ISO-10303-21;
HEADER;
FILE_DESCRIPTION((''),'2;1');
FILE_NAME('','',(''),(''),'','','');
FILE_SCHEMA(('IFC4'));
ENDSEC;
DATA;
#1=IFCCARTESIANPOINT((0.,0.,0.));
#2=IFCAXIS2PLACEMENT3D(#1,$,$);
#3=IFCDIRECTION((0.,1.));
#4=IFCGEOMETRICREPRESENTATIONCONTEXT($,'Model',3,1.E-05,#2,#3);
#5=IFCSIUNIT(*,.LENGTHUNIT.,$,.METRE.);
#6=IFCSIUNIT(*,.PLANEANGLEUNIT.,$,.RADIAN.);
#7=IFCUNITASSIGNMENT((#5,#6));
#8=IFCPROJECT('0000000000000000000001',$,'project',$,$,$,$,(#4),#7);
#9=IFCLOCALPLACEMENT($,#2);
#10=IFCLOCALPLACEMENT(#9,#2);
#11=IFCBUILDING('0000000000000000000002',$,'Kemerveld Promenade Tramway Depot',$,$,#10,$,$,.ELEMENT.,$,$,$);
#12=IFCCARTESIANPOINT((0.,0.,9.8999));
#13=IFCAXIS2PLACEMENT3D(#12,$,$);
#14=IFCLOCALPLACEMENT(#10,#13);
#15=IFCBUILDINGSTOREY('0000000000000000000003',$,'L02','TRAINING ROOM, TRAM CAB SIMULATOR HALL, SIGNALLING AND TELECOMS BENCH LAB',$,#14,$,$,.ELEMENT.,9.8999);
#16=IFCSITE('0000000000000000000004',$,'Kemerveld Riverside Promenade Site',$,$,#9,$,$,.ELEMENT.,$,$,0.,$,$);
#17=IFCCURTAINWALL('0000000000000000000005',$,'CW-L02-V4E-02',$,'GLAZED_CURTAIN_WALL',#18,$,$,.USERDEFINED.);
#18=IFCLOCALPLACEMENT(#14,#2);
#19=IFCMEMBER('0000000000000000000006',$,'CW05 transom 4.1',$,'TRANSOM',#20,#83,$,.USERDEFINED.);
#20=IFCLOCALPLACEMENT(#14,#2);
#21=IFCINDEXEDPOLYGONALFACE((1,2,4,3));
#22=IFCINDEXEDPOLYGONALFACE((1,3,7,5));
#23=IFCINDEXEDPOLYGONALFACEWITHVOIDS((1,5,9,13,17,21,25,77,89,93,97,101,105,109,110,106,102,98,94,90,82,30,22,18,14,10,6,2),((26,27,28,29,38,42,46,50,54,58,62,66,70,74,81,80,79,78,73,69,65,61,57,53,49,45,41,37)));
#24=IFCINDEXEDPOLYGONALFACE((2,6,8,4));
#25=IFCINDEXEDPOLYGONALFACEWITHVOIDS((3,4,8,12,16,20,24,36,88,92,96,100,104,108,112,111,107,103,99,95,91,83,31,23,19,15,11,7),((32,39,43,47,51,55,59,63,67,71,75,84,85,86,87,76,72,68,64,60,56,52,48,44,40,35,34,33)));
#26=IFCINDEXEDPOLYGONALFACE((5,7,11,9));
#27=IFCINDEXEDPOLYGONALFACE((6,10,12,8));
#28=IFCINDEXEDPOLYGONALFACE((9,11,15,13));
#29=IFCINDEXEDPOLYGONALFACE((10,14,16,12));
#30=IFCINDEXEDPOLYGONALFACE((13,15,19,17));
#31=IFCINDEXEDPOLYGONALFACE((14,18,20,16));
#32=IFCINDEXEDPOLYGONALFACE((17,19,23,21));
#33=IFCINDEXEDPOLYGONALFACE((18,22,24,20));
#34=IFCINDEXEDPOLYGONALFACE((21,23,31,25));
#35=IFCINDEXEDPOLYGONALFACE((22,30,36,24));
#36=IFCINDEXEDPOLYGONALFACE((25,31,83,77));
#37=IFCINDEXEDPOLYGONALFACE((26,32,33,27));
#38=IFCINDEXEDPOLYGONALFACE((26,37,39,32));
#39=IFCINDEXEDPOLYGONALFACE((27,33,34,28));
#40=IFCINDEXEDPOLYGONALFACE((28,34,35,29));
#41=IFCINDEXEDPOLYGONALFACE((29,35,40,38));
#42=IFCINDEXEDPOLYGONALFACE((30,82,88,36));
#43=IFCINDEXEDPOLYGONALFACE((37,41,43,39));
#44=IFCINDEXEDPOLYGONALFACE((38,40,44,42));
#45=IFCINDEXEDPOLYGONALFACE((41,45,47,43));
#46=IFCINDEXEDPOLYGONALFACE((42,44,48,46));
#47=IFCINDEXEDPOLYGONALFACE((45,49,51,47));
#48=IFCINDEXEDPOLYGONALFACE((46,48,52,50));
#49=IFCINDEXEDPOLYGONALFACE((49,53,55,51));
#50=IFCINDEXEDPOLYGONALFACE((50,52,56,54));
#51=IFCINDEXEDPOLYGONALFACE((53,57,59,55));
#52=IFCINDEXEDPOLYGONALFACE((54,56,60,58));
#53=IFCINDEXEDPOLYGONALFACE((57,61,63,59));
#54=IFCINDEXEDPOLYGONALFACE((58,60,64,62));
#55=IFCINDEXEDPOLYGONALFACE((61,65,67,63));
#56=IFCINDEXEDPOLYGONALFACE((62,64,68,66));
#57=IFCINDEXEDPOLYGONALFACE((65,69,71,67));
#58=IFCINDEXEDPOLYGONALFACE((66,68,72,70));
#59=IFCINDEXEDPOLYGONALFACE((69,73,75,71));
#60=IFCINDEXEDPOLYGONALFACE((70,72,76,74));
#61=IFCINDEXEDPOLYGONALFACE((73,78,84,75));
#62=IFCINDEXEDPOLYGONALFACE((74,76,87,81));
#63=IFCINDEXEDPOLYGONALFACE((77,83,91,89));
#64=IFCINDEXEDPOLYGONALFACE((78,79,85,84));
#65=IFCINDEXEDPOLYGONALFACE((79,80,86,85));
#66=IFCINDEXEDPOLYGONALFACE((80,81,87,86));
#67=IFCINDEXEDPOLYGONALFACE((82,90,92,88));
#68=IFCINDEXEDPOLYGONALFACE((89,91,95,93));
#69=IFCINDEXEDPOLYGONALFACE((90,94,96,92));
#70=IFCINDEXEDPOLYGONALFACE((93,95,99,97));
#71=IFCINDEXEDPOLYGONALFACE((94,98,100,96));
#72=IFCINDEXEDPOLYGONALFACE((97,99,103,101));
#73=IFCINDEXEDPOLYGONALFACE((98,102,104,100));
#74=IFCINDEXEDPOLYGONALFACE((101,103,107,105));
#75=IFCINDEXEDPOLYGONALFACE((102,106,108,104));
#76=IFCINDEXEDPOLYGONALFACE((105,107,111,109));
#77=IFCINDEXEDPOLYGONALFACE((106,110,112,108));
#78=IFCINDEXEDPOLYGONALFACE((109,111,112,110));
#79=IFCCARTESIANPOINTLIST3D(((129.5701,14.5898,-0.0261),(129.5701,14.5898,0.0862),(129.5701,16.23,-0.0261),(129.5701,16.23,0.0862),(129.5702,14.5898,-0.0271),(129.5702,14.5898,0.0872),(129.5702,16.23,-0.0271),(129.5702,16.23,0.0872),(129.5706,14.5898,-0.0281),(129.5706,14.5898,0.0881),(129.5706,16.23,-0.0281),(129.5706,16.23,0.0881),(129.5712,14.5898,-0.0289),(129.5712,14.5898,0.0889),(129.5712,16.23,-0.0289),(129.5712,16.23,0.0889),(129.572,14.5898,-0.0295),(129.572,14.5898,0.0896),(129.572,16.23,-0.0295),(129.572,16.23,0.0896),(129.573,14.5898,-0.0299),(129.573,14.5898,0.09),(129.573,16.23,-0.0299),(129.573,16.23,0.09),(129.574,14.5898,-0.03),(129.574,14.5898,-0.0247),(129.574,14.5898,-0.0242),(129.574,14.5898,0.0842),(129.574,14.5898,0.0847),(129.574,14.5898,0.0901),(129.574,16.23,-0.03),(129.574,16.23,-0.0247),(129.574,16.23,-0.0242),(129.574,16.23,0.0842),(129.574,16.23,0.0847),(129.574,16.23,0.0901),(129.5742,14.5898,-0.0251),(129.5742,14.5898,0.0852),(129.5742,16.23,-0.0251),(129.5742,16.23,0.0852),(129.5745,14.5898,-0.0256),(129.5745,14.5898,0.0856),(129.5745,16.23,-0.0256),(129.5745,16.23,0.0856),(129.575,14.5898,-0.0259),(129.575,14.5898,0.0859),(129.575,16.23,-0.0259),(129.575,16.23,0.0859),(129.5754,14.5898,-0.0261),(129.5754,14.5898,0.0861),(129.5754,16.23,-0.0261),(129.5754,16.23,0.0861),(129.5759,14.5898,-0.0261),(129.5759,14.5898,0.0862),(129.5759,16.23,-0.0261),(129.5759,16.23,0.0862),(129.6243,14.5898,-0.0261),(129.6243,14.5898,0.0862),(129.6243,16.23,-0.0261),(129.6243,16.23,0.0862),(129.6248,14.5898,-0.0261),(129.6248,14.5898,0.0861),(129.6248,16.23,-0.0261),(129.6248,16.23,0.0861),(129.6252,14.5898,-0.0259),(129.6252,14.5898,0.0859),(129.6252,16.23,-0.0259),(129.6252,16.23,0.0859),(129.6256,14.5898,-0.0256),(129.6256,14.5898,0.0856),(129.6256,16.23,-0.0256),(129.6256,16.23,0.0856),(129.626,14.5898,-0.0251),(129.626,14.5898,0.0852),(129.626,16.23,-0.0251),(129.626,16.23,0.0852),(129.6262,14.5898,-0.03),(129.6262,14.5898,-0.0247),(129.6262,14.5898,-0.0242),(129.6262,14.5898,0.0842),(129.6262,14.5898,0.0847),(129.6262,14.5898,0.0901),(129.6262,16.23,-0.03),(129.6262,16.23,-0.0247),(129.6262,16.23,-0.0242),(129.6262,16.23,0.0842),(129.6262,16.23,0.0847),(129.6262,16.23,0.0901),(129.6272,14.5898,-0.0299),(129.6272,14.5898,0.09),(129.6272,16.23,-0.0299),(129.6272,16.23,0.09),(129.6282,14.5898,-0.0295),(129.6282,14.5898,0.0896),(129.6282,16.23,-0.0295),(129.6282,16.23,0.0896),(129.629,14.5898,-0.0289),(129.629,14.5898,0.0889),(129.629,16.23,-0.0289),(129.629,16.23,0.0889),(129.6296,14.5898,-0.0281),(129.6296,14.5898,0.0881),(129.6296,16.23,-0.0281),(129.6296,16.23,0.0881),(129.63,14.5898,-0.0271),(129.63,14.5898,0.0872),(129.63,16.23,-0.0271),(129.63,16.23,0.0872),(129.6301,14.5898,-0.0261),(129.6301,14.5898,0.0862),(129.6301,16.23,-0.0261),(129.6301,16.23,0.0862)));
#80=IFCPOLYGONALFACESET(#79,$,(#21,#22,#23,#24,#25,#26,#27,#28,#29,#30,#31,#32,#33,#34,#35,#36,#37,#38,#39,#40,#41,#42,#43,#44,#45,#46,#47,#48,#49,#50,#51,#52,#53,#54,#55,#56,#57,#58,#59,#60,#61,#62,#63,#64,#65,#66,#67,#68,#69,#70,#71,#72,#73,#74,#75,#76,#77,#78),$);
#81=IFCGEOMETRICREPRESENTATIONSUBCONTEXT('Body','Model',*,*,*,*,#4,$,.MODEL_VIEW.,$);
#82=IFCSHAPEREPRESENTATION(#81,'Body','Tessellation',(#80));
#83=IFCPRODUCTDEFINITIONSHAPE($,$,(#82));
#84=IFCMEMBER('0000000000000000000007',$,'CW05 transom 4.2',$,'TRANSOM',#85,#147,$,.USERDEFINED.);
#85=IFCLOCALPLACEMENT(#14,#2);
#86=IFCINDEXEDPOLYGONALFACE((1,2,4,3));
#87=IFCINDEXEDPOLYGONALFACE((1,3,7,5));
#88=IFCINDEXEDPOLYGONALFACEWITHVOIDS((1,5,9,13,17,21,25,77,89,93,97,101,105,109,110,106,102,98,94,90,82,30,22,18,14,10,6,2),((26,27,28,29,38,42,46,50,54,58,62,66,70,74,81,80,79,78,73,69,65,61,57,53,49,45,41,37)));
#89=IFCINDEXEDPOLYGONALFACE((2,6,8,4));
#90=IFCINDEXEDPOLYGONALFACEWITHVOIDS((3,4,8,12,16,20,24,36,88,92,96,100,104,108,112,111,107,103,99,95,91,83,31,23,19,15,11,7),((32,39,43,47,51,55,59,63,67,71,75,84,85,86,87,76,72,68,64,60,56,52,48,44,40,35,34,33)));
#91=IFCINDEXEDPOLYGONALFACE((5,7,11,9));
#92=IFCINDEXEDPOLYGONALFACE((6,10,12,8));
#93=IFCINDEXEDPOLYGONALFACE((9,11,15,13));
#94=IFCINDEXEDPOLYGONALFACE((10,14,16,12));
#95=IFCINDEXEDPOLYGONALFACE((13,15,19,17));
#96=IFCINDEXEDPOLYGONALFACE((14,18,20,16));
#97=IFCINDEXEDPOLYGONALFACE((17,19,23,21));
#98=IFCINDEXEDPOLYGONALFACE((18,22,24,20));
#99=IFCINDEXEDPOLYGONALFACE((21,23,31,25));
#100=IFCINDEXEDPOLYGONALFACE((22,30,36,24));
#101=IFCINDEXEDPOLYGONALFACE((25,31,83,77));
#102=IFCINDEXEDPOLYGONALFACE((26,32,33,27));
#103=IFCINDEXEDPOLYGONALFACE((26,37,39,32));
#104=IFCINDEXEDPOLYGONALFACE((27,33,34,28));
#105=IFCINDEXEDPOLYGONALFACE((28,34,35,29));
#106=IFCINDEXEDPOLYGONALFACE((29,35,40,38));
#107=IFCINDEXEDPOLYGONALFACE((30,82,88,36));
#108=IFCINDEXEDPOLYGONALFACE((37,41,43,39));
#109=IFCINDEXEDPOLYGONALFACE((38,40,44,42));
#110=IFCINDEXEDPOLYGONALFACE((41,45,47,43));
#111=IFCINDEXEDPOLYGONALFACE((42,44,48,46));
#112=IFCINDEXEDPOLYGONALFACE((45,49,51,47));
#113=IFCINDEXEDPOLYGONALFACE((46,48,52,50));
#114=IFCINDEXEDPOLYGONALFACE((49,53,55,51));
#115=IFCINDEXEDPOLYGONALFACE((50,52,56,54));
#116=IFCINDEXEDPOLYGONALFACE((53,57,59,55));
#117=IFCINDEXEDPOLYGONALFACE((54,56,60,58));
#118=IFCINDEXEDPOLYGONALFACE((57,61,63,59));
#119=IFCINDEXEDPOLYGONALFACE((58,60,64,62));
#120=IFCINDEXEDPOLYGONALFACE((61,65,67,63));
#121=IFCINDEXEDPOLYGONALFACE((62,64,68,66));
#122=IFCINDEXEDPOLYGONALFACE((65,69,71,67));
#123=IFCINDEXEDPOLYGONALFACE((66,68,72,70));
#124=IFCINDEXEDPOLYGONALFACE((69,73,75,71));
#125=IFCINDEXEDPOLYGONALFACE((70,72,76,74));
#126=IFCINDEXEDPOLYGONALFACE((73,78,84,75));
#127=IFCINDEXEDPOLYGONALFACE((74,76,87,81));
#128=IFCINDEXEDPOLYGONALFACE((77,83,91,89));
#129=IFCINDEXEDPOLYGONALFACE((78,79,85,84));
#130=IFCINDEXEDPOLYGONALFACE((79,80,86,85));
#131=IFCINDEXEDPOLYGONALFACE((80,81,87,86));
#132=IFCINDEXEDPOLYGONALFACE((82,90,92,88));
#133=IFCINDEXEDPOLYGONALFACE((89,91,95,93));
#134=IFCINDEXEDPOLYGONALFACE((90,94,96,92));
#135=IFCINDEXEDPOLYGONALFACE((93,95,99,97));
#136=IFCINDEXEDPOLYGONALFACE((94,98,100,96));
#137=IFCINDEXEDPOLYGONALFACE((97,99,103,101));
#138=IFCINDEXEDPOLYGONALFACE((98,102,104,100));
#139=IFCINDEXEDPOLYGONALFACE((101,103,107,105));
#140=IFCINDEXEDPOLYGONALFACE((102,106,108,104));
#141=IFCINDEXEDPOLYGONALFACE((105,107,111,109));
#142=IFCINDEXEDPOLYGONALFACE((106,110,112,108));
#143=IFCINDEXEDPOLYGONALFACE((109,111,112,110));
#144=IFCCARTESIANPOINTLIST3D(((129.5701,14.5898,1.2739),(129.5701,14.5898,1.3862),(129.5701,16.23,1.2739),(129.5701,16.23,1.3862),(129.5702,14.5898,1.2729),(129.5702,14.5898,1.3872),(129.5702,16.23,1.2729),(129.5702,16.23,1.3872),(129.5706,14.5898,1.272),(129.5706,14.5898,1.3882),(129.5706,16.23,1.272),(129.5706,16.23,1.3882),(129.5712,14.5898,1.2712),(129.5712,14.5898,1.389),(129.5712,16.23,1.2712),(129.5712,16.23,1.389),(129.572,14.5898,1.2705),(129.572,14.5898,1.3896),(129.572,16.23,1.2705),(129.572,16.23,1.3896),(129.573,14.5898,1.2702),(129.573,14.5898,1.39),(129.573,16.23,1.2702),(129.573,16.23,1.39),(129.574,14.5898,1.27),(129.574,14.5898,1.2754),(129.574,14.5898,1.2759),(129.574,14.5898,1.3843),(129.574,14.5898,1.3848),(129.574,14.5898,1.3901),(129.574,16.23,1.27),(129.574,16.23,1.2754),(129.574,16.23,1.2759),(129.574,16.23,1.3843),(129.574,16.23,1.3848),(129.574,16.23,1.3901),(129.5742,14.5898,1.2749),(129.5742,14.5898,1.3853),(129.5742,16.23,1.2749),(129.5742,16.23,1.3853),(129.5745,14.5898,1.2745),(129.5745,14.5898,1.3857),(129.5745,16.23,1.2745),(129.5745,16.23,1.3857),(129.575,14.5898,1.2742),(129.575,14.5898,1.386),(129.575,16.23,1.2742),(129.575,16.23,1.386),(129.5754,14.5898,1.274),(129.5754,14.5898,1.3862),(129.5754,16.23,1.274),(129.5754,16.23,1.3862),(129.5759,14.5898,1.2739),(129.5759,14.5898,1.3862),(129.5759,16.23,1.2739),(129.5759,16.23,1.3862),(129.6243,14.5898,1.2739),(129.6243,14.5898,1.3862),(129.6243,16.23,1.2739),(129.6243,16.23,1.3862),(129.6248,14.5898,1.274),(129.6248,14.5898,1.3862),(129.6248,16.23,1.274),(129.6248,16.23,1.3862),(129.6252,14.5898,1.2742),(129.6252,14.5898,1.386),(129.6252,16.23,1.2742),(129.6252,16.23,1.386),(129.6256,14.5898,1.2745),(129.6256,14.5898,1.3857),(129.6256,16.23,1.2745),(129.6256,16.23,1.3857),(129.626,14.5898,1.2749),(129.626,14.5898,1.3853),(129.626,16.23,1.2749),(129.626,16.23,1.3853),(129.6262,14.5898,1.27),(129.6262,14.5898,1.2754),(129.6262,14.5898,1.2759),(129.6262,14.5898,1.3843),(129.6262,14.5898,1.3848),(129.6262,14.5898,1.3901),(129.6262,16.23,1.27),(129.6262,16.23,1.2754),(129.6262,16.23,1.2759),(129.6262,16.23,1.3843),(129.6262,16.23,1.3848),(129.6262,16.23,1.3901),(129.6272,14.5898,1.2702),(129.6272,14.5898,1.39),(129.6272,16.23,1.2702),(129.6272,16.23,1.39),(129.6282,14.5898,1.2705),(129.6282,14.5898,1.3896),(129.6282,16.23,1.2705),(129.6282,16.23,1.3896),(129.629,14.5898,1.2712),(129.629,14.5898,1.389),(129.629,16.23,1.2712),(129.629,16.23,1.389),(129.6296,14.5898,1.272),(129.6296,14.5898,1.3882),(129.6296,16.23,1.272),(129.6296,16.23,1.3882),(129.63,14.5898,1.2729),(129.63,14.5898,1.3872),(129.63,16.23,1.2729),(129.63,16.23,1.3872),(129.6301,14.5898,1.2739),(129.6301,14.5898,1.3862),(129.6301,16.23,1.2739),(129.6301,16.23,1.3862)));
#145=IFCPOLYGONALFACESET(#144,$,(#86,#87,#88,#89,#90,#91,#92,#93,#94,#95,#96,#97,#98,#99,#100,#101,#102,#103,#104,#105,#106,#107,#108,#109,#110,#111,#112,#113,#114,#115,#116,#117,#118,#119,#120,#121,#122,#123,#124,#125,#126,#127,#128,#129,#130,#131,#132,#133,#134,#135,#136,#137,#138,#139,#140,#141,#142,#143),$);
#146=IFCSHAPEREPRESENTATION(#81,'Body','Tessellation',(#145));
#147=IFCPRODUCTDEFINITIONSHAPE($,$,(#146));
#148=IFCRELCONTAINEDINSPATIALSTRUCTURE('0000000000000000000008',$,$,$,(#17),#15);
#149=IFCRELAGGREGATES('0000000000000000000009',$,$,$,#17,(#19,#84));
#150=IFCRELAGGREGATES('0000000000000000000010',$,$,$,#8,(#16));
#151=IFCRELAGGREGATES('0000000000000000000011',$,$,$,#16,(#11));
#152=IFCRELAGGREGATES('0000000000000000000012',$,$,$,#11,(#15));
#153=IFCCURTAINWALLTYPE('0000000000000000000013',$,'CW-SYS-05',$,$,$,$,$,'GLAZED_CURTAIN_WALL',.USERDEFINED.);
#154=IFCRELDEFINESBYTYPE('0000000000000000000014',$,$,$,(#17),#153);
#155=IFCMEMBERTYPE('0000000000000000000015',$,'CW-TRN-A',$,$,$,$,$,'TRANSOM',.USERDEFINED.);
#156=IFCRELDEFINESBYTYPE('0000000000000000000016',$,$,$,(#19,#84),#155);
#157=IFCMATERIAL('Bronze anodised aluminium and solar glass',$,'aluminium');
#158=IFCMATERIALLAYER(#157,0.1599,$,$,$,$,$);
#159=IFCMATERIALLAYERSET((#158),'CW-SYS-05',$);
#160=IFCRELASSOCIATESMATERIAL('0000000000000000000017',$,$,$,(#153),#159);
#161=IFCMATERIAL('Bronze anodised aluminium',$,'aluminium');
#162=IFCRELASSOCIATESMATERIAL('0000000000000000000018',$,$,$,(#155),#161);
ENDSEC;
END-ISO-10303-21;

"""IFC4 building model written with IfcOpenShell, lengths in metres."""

from ifc_helpers import new_model, si_unit, direction, frame, origin, origin_2d, place, context, subcontext, project, spatial, hollow_rectangle, extrude, material, layer, layer_set, material_profile, profile_set, type_object, element, aggregate, save


model = new_model("IFC4")

# Units and contexts
model_context = context("Model", 3, precision=1e-05, world=origin(), true_north=direction((0.0, 1.0)))
body_context = subcontext(model_context, "Body", "Model", "MODEL_VIEW")
ifc_project = project(units=[si_unit("LENGTHUNIT", "METRE"), si_unit("PLANEANGLEUNIT", "RADIAN")], contexts=[model_context])

# Site, building, storey
site_placement = place(None, origin())
site = spatial("IfcSite", under=ifc_project, at=site_placement, Name="Kemerveld Riverside Promenade Site", CompositionType="ELEMENT", RefElevation=0.0)
building_placement = place(site_placement, origin())
building = spatial("IfcBuilding", under=site, at=building_placement, Name="Kemerveld Promenade Tramway Depot", CompositionType="ELEMENT")
storey_placement = place(building_placement, frame((0.0, 0.0, 9.8999)))
storey = spatial("IfcBuildingStorey", under=building, at=storey_placement, Name="L02", Description="TRAINING ROOM, TRAM CAB SIMULATOR HALL, SIGNALLING AND TELECOMS BENCH LAB", CompositionType="ELEMENT", Elevation=9.8999)

# Curtain wall, members
ifc_material_1 = material(Name="Bronze anodised aluminium and solar glass", Category="aluminium")
ifc_layer_1 = layer(ifc_material_1, 0.1599)
ifc_layer_set_1 = layer_set([ifc_layer_1], Name="CW-SYS-05")
curtain_wall_type = type_object("IfcCurtainWallType", Name="CW-SYS-05", ElementType="GLAZED_CURTAIN_WALL", PredefinedType="USERDEFINED", material=ifc_layer_set_1)
curtain_wall_placement = place(storey_placement, origin())
curtain_wall = element("IfcCurtainWall", 1, at=curtain_wall_placement, inside=storey, type_object=curtain_wall_type, Name="CW-L02-V4E-02", ObjectType="GLAZED_CURTAIN_WALL", PredefinedType="USERDEFINED")
ifc_material_2 = material(Name="Bronze anodised aluminium", Category="aluminium")
ifc_material_profile = material_profile(ifc_material_2, hollow_rectangle(XDim=0.0601, YDim=0.1201, WallThickness=0.0039, InnerFilletRadius=0.002, OuterFilletRadius=0.0039, at=origin_2d()), Name="CW-TRN-120x60")
ifc_profile_set = profile_set([ifc_material_profile], Name="Bronze anodised aluminium")
member_type = type_object("IfcMemberType", Name="CW-TRN-A", ElementType="TRANSOM", PredefinedType="USERDEFINED", material=ifc_profile_set)
member_1_placement = place(storey_placement, frame((129.6001, 16.23, 0.03), z_axis=(0.0, -1.0, 0.0), x_axis=(1.0, 0.0, 0.0)))
member_1 = element("IfcMember", 2, at=member_1_placement, type_object=member_type, Name="CW05 transom 4.1", ObjectType="TRANSOM", PredefinedType="USERDEFINED", context=body_context, shape_type="SweptSolid", body=[
    extrude(hollow_rectangle(XDim=0.0601, YDim=0.1201, WallThickness=0.0039, InnerFilletRadius=0.002, OuterFilletRadius=0.0039, at=origin_2d()), origin(), (0.0, 0.0, 1.0), 1.6401),
])
member_2_placement = place(storey_placement, frame((129.6001, 16.23, 1.3301), z_axis=(0.0, -1.0, 0.0), x_axis=(1.0, 0.0, 0.0)))
member_2 = element("IfcMember", 3, at=member_2_placement, type_object=member_type, Name="CW05 transom 4.2", ObjectType="TRANSOM", PredefinedType="USERDEFINED", context=body_context, shape_type="SweptSolid", body=[
    extrude(hollow_rectangle(XDim=0.0601, YDim=0.1201, WallThickness=0.0039, InnerFilletRadius=0.002, OuterFilletRadius=0.0039, at=origin_2d()), origin(), (0.0, 0.0, 1.0), 1.6401),
])
aggregate(curtain_wall, [member_1, member_2])

save(model, "model.ifc")
